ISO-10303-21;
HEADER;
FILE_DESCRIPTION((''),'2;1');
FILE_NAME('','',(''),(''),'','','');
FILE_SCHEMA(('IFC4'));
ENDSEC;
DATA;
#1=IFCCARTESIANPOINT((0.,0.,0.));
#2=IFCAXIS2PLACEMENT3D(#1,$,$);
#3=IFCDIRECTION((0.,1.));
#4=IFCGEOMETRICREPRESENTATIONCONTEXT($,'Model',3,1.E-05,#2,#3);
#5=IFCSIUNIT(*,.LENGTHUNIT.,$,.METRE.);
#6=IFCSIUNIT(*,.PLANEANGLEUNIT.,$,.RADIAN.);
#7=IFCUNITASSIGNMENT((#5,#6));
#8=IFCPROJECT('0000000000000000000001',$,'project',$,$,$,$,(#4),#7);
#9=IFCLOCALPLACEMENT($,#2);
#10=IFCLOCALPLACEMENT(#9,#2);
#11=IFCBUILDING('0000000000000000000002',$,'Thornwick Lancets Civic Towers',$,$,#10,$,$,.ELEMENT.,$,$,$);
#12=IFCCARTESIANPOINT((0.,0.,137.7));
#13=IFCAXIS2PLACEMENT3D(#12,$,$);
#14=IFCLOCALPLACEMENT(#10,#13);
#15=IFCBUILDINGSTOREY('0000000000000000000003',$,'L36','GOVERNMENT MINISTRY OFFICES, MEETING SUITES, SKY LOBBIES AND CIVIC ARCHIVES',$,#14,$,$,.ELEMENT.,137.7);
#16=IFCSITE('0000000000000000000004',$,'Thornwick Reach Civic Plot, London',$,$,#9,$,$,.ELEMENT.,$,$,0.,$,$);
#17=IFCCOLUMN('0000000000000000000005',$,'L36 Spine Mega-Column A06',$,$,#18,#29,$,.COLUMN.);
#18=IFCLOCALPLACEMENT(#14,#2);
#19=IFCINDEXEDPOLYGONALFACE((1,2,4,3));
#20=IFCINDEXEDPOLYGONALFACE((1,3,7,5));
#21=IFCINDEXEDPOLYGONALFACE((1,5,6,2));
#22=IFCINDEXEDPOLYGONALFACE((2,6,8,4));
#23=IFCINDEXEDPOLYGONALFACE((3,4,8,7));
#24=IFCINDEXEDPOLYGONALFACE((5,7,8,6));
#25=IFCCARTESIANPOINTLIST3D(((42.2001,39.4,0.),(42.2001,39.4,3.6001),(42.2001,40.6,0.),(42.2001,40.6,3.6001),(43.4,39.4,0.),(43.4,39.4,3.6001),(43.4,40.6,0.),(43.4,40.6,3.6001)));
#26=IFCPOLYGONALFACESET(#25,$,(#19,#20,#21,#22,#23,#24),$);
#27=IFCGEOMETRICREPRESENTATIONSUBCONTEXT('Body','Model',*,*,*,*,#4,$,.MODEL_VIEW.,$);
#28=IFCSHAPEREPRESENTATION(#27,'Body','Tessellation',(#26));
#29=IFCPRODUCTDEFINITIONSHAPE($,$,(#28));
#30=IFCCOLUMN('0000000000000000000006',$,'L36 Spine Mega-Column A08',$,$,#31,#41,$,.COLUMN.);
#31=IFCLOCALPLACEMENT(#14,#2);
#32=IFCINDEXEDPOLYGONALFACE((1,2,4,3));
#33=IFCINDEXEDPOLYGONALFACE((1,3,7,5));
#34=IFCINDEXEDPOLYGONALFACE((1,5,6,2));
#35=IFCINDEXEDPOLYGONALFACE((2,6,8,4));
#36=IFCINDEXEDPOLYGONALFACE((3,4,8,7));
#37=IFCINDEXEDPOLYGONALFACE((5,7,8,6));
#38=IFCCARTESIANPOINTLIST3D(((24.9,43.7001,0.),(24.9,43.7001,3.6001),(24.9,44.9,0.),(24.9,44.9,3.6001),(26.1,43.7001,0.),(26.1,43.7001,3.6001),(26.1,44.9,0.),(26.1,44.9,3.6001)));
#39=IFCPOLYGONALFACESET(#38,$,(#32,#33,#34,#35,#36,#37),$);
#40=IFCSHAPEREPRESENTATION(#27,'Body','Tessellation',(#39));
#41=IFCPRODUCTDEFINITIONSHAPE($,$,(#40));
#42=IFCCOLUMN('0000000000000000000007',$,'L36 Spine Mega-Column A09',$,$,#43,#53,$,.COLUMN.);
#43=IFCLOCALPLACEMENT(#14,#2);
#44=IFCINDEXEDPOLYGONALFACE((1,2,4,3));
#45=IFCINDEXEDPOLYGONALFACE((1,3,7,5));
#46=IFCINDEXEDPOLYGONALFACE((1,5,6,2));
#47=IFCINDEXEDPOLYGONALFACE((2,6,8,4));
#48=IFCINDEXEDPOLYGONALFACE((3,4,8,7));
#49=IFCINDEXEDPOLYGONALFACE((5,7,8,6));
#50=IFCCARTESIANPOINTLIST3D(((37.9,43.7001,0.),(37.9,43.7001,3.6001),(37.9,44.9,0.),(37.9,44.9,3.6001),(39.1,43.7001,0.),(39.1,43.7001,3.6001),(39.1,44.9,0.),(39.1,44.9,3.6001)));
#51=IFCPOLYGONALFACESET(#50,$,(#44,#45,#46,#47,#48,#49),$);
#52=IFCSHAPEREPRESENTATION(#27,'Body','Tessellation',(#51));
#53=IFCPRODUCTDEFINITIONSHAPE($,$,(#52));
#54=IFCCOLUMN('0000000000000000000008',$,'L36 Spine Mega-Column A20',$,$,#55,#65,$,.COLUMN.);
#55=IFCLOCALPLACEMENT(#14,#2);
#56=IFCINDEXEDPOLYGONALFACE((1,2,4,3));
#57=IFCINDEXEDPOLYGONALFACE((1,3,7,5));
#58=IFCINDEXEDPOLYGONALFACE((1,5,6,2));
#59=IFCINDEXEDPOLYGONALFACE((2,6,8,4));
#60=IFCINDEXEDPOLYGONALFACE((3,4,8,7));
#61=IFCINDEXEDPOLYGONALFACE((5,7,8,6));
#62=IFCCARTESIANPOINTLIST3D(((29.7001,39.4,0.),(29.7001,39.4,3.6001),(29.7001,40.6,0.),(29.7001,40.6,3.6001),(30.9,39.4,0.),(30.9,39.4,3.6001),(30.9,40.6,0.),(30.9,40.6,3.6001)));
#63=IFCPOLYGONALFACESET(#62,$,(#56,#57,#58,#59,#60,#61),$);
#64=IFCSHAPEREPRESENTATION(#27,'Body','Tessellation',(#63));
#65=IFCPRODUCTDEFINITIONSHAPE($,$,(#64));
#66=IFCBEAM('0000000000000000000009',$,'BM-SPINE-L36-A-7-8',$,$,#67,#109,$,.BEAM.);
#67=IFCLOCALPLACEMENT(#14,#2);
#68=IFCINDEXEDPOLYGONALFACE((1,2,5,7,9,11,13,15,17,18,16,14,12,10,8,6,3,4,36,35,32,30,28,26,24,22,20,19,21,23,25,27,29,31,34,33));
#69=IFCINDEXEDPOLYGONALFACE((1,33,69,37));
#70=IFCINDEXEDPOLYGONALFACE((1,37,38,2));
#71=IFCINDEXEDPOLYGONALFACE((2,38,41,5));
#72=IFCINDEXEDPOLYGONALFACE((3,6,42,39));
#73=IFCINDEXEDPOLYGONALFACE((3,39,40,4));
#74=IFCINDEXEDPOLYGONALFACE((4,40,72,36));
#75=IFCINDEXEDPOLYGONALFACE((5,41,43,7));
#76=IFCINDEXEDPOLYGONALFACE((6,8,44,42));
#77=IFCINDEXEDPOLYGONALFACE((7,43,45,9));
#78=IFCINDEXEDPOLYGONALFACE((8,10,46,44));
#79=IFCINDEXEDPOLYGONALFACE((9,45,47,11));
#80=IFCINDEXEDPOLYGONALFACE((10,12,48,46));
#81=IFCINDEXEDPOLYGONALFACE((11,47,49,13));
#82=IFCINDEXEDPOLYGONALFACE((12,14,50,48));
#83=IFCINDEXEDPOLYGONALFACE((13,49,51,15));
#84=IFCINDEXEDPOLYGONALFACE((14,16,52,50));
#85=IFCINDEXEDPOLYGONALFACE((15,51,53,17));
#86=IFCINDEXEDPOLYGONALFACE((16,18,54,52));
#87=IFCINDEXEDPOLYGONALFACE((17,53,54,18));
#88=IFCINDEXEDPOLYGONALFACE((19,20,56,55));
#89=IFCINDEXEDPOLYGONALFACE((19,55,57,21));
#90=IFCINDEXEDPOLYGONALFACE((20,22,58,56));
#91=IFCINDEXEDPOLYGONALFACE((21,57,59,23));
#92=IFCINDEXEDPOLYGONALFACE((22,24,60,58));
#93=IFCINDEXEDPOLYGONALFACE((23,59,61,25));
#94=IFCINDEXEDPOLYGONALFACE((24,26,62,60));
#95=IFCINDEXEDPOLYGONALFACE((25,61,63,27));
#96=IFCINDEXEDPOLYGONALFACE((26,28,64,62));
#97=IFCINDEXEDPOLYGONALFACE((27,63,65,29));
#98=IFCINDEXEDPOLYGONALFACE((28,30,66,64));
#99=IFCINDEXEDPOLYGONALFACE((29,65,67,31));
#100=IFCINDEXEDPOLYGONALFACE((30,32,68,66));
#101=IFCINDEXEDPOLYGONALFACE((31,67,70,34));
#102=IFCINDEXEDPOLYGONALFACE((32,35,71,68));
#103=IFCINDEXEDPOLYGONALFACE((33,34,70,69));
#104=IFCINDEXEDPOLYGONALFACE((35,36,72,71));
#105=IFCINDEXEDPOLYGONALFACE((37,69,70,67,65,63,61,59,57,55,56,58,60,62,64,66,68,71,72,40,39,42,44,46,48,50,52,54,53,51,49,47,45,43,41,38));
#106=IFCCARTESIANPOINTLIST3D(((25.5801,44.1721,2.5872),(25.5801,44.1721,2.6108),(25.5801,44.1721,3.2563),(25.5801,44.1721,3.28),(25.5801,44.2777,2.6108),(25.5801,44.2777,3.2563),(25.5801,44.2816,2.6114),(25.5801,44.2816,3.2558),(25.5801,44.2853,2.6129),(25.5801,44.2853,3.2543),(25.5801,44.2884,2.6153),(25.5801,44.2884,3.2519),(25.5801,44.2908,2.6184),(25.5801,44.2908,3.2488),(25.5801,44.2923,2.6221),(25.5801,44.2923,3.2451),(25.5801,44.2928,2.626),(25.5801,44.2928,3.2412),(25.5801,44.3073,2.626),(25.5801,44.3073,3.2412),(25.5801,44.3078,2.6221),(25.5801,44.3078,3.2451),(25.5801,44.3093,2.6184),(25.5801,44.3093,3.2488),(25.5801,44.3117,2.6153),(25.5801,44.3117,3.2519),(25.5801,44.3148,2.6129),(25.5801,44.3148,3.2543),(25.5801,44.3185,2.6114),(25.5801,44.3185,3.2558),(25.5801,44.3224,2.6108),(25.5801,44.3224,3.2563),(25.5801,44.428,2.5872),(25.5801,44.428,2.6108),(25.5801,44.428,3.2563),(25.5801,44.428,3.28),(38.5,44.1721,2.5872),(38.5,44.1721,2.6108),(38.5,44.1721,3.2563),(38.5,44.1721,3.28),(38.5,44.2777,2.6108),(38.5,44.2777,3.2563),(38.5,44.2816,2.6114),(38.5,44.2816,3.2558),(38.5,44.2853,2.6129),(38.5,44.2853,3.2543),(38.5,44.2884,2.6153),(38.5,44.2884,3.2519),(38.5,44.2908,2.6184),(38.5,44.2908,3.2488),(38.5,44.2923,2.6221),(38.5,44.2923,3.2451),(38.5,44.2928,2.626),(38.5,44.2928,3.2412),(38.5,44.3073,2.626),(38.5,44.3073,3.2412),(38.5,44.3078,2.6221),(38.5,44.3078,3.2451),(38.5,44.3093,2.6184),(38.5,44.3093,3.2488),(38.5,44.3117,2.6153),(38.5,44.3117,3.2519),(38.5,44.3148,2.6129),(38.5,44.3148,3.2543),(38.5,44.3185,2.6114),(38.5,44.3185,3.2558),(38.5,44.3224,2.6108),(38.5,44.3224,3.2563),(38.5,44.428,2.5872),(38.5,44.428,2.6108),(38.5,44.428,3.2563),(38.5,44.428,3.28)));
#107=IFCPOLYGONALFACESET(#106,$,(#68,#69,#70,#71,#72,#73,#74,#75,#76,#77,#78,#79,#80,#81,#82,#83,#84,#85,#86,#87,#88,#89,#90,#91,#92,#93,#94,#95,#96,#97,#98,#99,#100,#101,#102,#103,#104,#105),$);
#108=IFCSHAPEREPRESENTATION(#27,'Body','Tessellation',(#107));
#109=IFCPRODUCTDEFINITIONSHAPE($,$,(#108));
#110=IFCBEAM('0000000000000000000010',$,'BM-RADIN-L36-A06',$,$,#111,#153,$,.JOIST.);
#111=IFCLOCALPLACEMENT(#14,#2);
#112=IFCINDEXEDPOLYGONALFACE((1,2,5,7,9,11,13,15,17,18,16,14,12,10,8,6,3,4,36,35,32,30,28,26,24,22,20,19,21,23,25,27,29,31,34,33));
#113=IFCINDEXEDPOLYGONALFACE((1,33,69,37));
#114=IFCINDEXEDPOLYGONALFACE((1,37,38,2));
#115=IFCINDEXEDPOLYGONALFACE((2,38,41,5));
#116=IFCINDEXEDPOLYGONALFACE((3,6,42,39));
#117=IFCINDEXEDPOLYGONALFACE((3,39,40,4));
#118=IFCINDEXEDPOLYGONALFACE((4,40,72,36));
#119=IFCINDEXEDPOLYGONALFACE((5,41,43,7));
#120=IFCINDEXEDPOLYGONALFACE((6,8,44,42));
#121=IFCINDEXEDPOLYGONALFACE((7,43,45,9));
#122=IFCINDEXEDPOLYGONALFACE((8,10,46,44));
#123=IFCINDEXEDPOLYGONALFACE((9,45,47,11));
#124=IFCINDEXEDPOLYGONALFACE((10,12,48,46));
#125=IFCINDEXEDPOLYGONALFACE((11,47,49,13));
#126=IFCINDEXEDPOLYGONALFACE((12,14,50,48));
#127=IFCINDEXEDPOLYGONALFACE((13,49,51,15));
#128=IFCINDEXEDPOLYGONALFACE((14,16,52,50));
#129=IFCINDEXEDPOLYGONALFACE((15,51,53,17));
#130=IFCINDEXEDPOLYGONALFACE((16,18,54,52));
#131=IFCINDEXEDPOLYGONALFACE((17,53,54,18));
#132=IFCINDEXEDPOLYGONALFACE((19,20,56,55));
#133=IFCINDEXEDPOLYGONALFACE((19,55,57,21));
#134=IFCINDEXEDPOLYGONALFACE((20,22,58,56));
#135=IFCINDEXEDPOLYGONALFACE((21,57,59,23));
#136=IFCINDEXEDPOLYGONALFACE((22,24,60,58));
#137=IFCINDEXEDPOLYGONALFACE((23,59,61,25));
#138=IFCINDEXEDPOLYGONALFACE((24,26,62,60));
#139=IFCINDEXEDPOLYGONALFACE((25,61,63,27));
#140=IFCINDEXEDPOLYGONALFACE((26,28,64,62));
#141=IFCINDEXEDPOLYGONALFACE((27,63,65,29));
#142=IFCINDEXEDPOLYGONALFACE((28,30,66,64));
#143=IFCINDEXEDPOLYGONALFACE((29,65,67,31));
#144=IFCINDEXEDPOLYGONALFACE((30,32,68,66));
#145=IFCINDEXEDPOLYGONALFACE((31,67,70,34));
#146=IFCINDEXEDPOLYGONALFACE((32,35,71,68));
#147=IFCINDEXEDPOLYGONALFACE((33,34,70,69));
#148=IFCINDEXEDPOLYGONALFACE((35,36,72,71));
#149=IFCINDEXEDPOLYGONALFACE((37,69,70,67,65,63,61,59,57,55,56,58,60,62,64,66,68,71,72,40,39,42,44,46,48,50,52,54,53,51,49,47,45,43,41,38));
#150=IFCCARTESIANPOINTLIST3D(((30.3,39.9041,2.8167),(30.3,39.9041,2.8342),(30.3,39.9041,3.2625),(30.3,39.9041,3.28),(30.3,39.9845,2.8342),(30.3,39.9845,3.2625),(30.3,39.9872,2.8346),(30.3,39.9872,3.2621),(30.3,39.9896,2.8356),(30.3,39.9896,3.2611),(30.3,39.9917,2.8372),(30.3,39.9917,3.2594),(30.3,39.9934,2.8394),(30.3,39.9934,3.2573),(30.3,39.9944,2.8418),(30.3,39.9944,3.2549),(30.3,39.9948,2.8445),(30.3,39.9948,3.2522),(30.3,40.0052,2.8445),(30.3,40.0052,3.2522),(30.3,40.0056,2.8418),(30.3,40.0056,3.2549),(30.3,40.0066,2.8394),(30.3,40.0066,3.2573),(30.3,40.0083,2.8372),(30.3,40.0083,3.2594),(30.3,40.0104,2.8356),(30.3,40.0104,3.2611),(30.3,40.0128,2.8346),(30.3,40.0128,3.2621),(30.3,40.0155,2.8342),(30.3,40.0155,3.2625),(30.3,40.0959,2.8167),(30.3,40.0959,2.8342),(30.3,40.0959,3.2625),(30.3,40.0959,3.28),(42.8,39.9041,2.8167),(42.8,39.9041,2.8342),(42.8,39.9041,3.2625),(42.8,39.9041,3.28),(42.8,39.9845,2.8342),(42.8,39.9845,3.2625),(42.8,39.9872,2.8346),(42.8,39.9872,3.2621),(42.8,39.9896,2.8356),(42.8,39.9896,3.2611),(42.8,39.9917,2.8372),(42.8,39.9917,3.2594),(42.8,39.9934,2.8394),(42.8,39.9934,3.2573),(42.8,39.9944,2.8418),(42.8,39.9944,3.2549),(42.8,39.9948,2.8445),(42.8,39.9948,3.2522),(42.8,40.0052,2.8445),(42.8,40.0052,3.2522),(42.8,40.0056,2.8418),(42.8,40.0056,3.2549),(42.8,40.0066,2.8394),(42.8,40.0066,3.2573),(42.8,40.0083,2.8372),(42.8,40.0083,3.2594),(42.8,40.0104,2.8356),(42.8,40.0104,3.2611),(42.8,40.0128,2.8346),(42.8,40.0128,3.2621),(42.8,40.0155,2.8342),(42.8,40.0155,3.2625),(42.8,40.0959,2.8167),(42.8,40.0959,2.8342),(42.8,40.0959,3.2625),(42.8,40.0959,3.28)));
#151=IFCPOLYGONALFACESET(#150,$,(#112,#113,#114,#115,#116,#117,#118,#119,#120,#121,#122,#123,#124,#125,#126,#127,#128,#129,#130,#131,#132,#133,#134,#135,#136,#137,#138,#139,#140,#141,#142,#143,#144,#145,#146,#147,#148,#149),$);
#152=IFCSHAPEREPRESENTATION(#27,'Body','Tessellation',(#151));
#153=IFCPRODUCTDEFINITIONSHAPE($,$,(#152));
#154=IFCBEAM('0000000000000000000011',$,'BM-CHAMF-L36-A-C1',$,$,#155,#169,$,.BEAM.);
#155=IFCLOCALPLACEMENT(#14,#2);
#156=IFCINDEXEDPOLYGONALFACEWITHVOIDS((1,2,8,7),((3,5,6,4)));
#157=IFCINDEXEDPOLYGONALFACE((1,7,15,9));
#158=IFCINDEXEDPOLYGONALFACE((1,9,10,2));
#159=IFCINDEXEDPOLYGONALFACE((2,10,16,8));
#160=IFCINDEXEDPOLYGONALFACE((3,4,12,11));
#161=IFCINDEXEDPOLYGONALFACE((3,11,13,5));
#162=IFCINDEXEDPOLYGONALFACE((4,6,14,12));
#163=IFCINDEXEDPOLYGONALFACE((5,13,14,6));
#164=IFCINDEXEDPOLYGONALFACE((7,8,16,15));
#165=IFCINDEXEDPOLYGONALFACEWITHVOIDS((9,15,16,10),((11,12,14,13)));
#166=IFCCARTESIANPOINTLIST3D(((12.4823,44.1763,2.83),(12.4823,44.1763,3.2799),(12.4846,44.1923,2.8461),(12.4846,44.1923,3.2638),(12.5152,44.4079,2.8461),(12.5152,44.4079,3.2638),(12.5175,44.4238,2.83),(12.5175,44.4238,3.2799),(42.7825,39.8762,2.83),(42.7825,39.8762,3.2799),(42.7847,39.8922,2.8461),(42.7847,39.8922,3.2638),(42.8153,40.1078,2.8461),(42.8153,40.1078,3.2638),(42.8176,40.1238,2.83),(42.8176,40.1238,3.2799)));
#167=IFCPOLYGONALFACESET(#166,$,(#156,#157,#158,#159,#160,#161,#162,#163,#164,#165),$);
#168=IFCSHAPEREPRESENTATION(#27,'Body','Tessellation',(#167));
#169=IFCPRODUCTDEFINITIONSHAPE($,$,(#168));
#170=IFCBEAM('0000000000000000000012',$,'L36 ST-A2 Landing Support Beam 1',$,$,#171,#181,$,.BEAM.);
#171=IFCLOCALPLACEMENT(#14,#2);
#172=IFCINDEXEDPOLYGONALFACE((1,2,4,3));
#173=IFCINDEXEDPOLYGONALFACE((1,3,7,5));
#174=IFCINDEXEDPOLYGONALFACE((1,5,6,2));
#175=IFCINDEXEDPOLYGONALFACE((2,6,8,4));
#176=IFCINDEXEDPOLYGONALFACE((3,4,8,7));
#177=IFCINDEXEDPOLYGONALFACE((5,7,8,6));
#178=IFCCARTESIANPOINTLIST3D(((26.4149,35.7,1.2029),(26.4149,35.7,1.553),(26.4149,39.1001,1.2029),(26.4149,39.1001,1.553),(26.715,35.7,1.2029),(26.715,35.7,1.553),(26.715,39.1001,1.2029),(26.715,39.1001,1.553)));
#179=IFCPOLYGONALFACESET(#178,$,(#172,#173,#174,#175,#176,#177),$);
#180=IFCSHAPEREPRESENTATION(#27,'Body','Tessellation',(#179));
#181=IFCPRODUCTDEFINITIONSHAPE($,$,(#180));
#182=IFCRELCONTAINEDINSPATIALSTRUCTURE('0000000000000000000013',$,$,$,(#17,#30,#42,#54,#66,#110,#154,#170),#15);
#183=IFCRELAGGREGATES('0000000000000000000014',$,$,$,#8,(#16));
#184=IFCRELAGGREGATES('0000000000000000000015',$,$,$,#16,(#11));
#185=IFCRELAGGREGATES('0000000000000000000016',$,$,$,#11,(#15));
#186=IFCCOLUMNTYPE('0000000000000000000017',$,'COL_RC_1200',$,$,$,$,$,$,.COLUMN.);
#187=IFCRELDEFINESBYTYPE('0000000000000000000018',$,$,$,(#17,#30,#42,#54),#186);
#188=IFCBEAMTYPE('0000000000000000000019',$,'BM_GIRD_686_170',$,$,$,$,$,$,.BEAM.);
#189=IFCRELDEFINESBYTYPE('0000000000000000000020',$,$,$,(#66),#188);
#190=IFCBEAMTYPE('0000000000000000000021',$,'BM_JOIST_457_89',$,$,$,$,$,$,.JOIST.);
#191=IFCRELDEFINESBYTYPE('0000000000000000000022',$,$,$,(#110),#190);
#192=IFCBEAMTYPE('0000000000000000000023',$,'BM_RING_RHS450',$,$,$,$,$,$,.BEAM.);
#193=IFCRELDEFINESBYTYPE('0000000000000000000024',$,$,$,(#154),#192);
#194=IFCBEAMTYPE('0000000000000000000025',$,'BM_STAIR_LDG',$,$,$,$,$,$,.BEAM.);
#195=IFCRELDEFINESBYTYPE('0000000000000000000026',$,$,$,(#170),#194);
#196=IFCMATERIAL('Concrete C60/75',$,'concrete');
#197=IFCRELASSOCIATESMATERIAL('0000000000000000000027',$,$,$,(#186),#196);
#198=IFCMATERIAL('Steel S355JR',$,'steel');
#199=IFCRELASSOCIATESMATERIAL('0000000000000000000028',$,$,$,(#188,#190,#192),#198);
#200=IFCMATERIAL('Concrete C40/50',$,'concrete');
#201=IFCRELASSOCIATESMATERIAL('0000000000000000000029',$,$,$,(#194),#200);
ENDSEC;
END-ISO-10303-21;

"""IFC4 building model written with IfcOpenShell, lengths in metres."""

from ifc_helpers import new_model, si_unit, direction, frame, origin, origin_2d, place, context, subcontext, project, spatial, rectangle, hollow_rectangle, i_section, extrude, material, material_profile, profile_set, type_object, element, save


model = new_model("IFC4")

# Units and contexts
model_context = context("Model", 3, precision=1e-05, world=origin(), true_north=direction((0.0, 1.0)))
body_context = subcontext(model_context, "Body", "Model", "MODEL_VIEW")
ifc_project = project(units=[si_unit("LENGTHUNIT", "METRE"), si_unit("PLANEANGLEUNIT", "RADIAN")], contexts=[model_context])

# Site, building, storey
site_placement = place(None, origin())
site = spatial("IfcSite", under=ifc_project, at=site_placement, Name="Thornwick Reach Civic Plot, London", CompositionType="ELEMENT", RefElevation=0.0)
building_placement = place(site_placement, origin())
building = spatial("IfcBuilding", under=site, at=building_placement, Name="Thornwick Lancets Civic Towers", CompositionType="ELEMENT")
storey_placement = place(building_placement, frame((0.0, 0.0, 137.7)))
storey = spatial("IfcBuildingStorey", under=building, at=storey_placement, Name="L36", Description="GOVERNMENT MINISTRY OFFICES, MEETING SUITES, SKY LOBBIES AND CIVIC ARCHIVES", CompositionType="ELEMENT", Elevation=137.7)

# Columns
ifc_material_1 = material(Name="Concrete C60/75", Category="concrete")
ifc_material_profile_1 = material_profile(ifc_material_1, rectangle(XDim=1.2, YDim=1.2, at=origin_2d()), Name="RC 1200x1200")
ifc_profile_set_1 = profile_set([ifc_material_profile_1], Name="Concrete C60/75")
column_type = type_object("IfcColumnType", Name="COL_RC_1200", PredefinedType="COLUMN", material=ifc_profile_set_1)
for number, where, z_axis, x_axis, name in (
    (1, (42.8, 40.0, 0.0), (0.0, 0.0, 1.0), (1.0, 0.0, 0.0), "L36 Spine Mega-Column A06"),
    (2, (25.5, 44.3, 0.0), (0.0, 0.0, 1.0), (1.0, 0.0, 0.0), "L36 Spine Mega-Column A08"),
    (3, (38.5, 44.3, 0.0), (0.0, 0.0, 1.0), (1.0, 0.0, 0.0), "L36 Spine Mega-Column A09"),
    (4, (30.3, 40.0, 0.0), (0.0, 0.0, 1.0), (1.0, 0.0, 0.0), "L36 Spine Mega-Column A20"),
):
    element("IfcColumn", number, at=place(storey_placement, frame(where, z_axis=z_axis, x_axis=x_axis)), inside=storey, type_object=column_type, Name=name, PredefinedType="COLUMN", context=body_context, shape_type="SweptSolid", body=[
        extrude(rectangle(XDim=1.2, YDim=1.2, at=origin_2d()), origin(), (0.0, 0.0, 1.0), 3.6001),
    ])

# Beams
ifc_material_2 = material(Name="Steel S355JR", Category="steel")
ifc_material_profile_2 = material_profile(ifc_material_2, i_section(OverallWidth=0.2559, OverallDepth=0.6929, WebThickness=0.0144, FlangeThickness=0.0237, FilletRadius=0.0151, at=origin_2d()), Name="UKB 686x254x170")
ifc_profile_set_2 = profile_set([ifc_material_profile_2], Name="Steel S355JR")
beam_type_1 = type_object("IfcBeamType", Name="BM_GIRD_686_170", PredefinedType="BEAM", material=ifc_profile_set_2)
beam_1_placement = place(storey_placement, frame((25.5801, 44.3, 2.9336), z_axis=(1.0, 0.0, 0.0), x_axis=(0.0, 1.0, 0.0)))
element("IfcBeam", 5, at=beam_1_placement, inside=storey, type_object=beam_type_1, Name="BM-SPINE-L36-A-7-8", PredefinedType="BEAM", context=body_context, shape_type="SweptSolid", body=[
    extrude(i_section(OverallWidth=0.2559, OverallDepth=0.6929, WebThickness=0.0144, FlangeThickness=0.0237, FilletRadius=0.0151, at=origin_2d()), origin(), (0.0, 0.0, 1.0), 12.9199),
])
ifc_material_profile_3 = material_profile(ifc_material_2, i_section(OverallWidth=0.1919, OverallDepth=0.4634, WebThickness=0.0105, FlangeThickness=0.0176, FilletRadius=0.0103, at=origin_2d()), Name="UKB 457x191x89")
ifc_profile_set_3 = profile_set([ifc_material_profile_3], Name="Steel S355JR")
beam_type_2 = type_object("IfcBeamType", Name="BM_JOIST_457_89", PredefinedType="JOIST", material=ifc_profile_set_3)
beam_2_placement = place(storey_placement, frame((30.3, 40.0, 3.0483), z_axis=(1.0, 0.0, 0.0), x_axis=(0.0, 1.0, 0.0)))
element("IfcBeam", 6, at=beam_2_placement, inside=storey, type_object=beam_type_2, Name="BM-RADIN-L36-A06", PredefinedType="JOIST", context=body_context, shape_type="SweptSolid", body=[
    extrude(i_section(OverallWidth=0.1919, OverallDepth=0.4634, WebThickness=0.0105, FlangeThickness=0.0176, FilletRadius=0.0103, at=origin_2d()), origin(), (0.0, 0.0, 1.0), 12.5),
])
ifc_material_profile_4 = material_profile(ifc_material_2, hollow_rectangle(XDim=0.25, YDim=0.45, WallThickness=0.0161, at=origin_2d()), Name="RHS 450x250x16")
ifc_profile_set_4 = profile_set([ifc_material_profile_4], Name="Steel S355JR")
beam_type_3 = type_object("IfcBeamType", Name="BM_RING_RHS450", PredefinedType="BEAM", material=ifc_profile_set_4)
beam_3_placement = place(storey_placement, frame((42.8, 40.0, 3.0549), z_axis=(-0.99008, 0.140508, 0.0), x_axis=(-0.140508, -0.99008, 0.0)))
element("IfcBeam", 7, at=beam_3_placement, inside=storey, type_object=beam_type_3, Name="BM-CHAMF-L36-A-C1", PredefinedType="BEAM", context=body_context, shape_type="SweptSolid", body=[
    extrude(hollow_rectangle(XDim=0.25, YDim=0.45, WallThickness=0.0161, at=origin_2d()), origin(), (0.0, 0.0, 1.0), 30.6038),
])
ifc_material_3 = material(Name="Concrete C40/50", Category="concrete")
ifc_material_profile_5 = material_profile(ifc_material_3, rectangle(XDim=0.3, YDim=0.3501, at=origin_2d()), Name="RC 300x350")
ifc_profile_set_5 = profile_set([ifc_material_profile_5], Name="Concrete C40/50")
beam_type_4 = type_object("IfcBeamType", Name="BM_STAIR_LDG", PredefinedType="BEAM", material=ifc_profile_set_5)
beam_4_placement = place(storey_placement, frame((26.5649, 39.1001, 1.3779), z_axis=(0.0, -1.0, 0.0), x_axis=(1.0, 0.0, 0.0)))
element("IfcBeam", 8, at=beam_4_placement, inside=storey, type_object=beam_type_4, Name="L36 ST-A2 Landing Support Beam 1", PredefinedType="BEAM", context=body_context, shape_type="SweptSolid", body=[
    extrude(rectangle(XDim=0.3, YDim=0.3501, at=origin_2d()), origin(), (0.0, 0.0, 1.0), 3.4001),
])

save(model, "model.ifc")
